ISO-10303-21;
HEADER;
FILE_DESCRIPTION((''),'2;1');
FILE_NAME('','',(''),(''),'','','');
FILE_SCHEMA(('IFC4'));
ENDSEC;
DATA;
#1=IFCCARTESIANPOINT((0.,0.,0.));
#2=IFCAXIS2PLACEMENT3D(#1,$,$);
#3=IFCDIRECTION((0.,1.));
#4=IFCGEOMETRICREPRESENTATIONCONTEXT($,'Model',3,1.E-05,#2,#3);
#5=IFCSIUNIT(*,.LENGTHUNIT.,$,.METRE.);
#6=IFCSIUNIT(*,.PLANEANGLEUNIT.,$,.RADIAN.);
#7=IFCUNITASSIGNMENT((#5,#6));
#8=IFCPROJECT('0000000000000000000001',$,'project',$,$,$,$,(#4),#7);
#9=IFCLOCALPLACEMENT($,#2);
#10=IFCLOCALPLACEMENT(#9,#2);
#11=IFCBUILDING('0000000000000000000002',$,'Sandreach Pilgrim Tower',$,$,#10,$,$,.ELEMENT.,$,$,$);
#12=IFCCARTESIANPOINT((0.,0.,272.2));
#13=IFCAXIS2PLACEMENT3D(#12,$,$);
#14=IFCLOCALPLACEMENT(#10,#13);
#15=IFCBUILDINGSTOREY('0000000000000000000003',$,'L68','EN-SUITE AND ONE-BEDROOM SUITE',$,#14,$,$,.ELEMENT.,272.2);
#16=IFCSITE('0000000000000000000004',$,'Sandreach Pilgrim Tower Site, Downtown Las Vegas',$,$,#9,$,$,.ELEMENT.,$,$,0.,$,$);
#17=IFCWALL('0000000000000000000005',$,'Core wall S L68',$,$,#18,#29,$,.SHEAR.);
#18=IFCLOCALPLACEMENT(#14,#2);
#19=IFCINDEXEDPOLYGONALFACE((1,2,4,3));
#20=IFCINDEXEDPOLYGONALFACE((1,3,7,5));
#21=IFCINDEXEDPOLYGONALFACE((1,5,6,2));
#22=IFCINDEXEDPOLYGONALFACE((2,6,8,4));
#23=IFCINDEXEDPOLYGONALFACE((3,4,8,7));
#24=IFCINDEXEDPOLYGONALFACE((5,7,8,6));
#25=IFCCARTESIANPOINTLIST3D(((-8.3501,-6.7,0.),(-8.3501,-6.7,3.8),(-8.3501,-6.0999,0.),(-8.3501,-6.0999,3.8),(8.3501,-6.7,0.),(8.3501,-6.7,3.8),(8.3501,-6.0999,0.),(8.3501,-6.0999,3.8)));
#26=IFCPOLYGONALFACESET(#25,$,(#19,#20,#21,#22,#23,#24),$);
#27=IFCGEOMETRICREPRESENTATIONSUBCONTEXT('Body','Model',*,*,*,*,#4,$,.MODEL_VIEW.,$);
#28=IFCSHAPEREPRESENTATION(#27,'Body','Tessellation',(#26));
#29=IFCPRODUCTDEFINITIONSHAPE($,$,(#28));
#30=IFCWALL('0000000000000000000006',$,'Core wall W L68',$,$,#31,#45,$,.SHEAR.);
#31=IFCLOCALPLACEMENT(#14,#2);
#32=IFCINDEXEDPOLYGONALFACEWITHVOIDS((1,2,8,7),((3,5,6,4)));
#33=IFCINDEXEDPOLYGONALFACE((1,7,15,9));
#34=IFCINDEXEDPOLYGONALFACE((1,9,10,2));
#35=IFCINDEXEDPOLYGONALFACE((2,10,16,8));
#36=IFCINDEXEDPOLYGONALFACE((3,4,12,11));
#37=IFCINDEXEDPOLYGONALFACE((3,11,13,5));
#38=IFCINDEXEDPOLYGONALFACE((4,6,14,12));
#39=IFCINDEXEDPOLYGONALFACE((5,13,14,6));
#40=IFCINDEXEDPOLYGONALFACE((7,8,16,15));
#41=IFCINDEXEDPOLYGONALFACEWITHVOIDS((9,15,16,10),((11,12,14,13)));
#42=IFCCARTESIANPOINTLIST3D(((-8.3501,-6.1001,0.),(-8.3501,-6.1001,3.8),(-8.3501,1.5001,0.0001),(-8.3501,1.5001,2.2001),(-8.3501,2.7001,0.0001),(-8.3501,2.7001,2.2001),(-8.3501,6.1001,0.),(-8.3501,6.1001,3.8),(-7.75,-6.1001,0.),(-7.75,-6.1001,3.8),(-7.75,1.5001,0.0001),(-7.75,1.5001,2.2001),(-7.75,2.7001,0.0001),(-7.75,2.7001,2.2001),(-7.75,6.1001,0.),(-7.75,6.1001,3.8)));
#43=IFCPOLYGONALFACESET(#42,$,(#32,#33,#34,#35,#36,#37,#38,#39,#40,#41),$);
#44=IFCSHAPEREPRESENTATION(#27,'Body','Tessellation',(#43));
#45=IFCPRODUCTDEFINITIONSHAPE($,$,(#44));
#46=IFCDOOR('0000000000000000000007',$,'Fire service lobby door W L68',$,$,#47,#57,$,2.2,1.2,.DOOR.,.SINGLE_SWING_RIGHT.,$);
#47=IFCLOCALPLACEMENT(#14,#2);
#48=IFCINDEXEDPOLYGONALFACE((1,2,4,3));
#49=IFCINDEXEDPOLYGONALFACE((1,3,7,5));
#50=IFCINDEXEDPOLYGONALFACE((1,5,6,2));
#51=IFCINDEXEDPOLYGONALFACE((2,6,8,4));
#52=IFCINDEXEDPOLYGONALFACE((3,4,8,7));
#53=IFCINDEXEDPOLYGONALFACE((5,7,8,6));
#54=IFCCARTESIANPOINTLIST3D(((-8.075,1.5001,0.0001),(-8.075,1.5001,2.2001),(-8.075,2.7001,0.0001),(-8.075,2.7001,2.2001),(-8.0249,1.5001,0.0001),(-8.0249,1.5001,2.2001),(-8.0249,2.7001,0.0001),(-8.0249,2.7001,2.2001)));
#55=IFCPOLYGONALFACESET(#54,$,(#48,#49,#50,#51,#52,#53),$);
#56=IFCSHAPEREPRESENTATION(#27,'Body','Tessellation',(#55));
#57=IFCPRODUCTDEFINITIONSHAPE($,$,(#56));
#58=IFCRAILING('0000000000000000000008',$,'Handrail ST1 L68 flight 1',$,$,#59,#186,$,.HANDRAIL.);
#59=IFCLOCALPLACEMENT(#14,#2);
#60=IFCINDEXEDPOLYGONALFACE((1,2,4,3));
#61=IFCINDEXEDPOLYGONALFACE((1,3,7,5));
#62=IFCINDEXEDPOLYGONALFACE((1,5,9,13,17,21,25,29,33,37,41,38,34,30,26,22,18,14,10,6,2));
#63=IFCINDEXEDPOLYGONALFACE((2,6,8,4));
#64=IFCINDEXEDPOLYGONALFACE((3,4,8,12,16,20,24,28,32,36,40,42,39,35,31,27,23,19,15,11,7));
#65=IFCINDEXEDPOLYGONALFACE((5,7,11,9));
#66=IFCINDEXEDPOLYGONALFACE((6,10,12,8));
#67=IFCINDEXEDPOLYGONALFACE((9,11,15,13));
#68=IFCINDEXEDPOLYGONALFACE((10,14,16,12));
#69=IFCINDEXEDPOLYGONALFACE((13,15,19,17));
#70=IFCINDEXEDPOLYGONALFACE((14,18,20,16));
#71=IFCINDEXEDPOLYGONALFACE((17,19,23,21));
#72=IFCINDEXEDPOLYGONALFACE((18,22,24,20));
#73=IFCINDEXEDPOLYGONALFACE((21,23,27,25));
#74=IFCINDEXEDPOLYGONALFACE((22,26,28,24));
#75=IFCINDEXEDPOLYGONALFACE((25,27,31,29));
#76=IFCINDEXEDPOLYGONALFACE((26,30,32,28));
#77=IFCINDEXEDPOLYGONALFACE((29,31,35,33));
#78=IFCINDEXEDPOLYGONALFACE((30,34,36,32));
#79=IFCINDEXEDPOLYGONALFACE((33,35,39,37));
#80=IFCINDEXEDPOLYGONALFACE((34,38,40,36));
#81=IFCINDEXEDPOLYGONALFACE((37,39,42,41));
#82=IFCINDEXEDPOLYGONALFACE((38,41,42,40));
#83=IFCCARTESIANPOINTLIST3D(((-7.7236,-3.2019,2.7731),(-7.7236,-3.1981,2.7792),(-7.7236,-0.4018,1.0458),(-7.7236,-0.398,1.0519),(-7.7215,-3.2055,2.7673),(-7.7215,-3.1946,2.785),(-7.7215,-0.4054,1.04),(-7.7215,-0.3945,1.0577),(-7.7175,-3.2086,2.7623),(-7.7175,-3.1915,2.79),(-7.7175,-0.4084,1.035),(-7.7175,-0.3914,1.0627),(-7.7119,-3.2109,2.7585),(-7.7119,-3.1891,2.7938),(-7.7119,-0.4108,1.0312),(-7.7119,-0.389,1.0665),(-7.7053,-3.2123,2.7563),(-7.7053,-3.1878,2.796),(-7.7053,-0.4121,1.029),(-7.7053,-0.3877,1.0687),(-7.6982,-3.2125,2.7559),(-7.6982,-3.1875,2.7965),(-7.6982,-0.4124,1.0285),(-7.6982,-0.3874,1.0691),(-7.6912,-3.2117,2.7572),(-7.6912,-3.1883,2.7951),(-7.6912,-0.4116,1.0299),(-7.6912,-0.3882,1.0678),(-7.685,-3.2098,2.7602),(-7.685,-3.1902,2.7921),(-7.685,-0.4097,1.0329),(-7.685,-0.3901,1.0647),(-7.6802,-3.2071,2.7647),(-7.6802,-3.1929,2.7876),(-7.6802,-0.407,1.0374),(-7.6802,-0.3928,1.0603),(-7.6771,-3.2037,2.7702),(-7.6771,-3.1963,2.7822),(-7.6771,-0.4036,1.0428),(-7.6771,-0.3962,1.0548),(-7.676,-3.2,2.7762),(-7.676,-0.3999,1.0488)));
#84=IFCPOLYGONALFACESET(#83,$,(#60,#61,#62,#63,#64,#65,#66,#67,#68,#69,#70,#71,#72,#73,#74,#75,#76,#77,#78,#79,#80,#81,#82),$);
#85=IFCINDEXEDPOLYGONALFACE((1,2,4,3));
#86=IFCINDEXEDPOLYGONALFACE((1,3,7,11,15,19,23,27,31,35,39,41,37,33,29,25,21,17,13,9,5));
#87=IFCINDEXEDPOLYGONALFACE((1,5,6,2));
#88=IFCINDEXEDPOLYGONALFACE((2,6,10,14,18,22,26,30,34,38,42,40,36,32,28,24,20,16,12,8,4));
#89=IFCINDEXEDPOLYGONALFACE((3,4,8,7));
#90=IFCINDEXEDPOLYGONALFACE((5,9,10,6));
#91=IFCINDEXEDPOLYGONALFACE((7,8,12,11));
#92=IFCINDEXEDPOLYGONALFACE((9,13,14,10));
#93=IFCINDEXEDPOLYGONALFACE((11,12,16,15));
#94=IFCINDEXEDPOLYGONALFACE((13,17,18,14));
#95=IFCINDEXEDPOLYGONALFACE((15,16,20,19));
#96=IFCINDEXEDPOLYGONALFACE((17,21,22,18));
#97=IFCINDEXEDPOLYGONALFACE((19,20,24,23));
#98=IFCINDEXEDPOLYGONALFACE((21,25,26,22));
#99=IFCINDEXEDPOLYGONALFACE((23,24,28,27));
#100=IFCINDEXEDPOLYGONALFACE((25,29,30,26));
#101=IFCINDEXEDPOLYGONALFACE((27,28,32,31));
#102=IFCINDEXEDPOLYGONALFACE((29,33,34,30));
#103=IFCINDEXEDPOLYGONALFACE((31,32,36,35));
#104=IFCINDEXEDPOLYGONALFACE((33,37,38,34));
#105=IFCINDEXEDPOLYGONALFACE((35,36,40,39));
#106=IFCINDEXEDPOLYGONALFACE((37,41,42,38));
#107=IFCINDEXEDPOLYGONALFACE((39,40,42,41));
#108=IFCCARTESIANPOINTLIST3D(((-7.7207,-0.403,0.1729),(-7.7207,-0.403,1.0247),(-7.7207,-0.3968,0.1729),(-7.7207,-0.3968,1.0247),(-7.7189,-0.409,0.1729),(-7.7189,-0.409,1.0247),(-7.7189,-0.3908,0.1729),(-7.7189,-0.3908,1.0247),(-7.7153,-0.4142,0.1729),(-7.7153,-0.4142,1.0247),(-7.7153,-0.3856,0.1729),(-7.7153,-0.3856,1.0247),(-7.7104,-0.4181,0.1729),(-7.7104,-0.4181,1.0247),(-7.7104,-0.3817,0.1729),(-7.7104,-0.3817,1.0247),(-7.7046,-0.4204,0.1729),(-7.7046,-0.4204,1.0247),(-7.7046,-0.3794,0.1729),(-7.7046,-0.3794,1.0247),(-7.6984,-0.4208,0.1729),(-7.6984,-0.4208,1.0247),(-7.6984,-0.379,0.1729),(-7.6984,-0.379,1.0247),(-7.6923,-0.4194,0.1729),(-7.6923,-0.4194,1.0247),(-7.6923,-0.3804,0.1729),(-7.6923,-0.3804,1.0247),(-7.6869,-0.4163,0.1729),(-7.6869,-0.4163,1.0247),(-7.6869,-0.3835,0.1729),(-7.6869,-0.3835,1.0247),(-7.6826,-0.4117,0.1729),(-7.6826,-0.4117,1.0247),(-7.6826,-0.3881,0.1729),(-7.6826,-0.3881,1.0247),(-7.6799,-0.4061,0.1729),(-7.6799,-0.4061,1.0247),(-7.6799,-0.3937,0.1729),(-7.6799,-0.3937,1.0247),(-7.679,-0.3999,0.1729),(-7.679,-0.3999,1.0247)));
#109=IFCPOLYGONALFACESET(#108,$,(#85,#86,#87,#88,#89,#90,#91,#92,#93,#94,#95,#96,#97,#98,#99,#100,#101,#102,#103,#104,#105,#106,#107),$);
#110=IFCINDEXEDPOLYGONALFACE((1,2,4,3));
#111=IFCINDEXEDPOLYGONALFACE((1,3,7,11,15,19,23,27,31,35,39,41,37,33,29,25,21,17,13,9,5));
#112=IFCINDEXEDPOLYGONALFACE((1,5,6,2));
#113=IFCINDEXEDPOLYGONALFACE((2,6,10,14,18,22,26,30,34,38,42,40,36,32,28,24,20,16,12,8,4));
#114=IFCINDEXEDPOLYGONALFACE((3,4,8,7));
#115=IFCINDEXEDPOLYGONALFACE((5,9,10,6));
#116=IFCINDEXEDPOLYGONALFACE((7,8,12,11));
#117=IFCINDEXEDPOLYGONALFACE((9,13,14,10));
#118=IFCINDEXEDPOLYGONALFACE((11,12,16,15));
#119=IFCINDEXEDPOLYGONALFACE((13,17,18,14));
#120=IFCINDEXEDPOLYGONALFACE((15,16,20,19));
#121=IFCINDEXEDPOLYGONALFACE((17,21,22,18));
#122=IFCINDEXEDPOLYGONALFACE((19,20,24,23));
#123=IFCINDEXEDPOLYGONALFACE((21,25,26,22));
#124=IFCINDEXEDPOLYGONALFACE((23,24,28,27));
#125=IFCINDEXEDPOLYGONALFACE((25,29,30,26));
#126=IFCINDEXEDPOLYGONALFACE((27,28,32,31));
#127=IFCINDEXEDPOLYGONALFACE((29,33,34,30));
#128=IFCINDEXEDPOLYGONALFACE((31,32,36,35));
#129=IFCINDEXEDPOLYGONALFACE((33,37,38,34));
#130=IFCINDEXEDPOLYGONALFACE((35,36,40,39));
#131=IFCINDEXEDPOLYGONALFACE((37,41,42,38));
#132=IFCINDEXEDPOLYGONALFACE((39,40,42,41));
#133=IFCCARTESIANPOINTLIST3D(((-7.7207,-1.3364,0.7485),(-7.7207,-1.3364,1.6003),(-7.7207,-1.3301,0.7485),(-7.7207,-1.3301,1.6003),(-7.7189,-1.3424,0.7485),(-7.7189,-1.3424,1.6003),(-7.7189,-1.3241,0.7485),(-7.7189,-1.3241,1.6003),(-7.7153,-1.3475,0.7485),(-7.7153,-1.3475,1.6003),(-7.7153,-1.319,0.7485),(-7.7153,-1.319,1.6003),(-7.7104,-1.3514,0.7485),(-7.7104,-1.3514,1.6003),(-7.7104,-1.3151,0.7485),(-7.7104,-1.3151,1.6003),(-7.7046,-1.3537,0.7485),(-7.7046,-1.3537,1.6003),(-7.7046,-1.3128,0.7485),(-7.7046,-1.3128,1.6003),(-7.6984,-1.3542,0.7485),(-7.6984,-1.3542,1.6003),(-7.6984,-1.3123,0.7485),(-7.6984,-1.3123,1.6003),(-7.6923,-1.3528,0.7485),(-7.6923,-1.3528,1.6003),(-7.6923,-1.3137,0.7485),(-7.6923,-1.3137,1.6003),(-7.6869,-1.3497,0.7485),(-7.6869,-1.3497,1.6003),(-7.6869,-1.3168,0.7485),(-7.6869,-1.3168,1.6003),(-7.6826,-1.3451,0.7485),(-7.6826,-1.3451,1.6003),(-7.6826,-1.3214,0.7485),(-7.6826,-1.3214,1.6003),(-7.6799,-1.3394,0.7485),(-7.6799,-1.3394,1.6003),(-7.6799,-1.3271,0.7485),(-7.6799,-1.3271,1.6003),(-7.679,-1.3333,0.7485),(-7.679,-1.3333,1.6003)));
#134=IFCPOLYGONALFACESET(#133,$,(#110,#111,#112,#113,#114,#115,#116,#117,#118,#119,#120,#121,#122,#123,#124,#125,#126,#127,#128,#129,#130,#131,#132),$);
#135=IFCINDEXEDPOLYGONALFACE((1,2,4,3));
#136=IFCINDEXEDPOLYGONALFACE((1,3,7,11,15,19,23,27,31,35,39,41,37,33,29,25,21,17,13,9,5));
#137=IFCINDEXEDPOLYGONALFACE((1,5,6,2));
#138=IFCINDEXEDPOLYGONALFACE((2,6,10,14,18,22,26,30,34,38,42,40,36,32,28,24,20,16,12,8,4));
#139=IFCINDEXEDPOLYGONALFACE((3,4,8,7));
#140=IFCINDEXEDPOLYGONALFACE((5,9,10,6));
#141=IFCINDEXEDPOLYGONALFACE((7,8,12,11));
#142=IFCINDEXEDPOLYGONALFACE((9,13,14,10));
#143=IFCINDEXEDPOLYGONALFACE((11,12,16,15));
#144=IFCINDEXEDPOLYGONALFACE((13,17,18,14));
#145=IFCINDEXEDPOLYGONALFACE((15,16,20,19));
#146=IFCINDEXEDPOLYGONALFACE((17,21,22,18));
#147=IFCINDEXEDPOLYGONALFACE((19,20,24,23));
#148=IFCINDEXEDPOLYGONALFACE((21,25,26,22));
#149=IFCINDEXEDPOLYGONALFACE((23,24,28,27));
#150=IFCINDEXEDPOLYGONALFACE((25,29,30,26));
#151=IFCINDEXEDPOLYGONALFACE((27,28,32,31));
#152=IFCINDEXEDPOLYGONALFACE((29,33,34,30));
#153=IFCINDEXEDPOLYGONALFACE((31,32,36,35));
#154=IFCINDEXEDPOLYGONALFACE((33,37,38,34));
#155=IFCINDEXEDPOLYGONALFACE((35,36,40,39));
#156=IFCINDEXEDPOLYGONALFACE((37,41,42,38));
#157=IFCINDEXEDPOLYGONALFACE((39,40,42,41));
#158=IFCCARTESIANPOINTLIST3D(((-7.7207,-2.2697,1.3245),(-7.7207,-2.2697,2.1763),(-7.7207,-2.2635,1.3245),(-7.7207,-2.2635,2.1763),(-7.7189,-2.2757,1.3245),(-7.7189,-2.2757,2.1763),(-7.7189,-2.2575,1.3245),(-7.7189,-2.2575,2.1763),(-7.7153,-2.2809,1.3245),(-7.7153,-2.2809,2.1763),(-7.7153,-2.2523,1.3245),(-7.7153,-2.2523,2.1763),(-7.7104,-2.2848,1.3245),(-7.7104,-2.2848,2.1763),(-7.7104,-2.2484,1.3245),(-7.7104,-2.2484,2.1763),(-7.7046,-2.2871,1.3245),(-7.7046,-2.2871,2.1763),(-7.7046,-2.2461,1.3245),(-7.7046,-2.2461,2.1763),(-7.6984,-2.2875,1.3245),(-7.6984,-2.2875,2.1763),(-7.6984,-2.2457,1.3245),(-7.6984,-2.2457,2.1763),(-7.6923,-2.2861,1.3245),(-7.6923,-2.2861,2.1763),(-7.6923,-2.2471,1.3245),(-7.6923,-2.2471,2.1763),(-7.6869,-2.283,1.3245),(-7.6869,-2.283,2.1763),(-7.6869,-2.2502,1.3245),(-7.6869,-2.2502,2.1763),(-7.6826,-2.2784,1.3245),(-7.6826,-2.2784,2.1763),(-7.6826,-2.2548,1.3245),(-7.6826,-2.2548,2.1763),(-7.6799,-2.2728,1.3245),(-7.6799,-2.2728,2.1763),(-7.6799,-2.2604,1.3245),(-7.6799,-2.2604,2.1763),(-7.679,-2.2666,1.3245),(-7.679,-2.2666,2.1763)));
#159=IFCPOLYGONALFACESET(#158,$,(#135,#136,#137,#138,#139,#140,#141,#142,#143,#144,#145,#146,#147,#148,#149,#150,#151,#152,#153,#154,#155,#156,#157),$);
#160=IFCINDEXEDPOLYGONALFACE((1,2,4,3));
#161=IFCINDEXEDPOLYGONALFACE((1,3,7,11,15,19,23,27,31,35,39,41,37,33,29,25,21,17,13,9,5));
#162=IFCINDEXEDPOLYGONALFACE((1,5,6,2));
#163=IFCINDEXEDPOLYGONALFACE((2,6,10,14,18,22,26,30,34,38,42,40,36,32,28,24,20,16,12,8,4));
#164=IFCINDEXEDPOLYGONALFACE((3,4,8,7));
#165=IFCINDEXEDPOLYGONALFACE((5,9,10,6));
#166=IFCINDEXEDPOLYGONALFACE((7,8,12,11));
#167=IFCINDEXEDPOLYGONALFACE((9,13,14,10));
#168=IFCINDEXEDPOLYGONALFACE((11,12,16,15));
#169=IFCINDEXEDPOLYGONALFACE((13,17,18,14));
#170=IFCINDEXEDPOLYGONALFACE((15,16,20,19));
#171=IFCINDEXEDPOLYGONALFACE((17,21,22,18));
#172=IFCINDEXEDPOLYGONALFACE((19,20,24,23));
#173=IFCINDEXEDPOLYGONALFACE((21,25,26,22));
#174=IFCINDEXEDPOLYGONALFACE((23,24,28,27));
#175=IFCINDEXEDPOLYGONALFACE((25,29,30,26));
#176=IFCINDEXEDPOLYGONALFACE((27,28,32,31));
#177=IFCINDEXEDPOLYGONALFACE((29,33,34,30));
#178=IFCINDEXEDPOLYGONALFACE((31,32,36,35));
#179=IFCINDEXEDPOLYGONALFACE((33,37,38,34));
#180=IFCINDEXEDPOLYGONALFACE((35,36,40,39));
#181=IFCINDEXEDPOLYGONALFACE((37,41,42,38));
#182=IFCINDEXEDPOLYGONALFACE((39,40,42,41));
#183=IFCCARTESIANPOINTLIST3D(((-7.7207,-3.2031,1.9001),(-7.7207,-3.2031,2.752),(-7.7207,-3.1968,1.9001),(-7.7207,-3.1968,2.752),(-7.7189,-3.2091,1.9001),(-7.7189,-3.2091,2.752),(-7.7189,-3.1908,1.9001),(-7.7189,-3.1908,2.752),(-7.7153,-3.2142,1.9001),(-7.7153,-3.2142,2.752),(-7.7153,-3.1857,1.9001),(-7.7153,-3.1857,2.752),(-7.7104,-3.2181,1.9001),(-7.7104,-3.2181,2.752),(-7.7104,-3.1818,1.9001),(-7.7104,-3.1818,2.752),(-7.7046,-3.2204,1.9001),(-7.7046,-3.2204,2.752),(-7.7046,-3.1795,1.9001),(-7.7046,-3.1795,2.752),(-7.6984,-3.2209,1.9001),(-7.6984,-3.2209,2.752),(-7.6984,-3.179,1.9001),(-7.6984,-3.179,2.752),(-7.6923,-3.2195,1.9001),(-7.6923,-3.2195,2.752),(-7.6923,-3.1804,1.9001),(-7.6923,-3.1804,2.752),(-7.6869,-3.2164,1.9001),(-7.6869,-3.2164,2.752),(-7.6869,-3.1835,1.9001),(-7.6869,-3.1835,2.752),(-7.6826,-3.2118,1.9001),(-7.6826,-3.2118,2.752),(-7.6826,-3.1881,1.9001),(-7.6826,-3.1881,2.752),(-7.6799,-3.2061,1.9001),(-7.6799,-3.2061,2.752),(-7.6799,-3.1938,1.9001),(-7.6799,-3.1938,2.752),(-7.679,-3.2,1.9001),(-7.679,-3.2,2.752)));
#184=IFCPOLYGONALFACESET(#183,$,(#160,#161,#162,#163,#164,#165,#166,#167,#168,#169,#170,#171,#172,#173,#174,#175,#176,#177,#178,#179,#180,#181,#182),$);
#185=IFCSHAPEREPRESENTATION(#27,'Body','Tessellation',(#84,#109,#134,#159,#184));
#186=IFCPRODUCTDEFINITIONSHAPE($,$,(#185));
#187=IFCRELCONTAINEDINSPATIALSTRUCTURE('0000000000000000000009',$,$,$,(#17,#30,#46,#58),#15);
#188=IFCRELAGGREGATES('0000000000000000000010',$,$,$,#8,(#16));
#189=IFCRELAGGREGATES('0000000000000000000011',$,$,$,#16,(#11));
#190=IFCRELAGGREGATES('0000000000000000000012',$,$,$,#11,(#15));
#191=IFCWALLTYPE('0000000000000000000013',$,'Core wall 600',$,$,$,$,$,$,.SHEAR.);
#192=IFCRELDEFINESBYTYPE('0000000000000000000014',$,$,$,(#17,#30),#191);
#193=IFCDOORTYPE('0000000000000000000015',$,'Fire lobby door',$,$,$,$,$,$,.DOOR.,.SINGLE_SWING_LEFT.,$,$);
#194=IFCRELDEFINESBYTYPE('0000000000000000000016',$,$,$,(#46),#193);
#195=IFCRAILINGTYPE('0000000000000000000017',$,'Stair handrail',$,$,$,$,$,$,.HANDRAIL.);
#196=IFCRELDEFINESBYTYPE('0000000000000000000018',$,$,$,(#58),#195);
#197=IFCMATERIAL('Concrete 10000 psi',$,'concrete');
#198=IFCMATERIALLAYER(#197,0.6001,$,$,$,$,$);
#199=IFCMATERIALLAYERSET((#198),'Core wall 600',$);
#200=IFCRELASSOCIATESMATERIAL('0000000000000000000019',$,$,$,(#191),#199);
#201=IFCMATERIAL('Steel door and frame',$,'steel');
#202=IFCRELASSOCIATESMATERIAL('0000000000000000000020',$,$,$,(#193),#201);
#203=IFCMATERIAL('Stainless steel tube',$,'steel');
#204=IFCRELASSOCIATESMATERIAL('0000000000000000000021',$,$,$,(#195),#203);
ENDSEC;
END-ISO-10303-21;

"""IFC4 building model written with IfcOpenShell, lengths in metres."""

from ifc_helpers import new_model, si_unit, direction, frame, frame_2d, origin, origin_2d, place, context, subcontext, project, spatial, rectangle, circle, extrude, material, layer, layer_set, type_object, element, fill, save


model = new_model("IFC4")

# Units and contexts
model_context = context("Model", 3, precision=1e-05, world=origin(), true_north=direction((0.0, 1.0)))
body_context = subcontext(model_context, "Body", "Model", "MODEL_VIEW")
ifc_project = project(units=[si_unit("LENGTHUNIT", "METRE"), si_unit("PLANEANGLEUNIT", "RADIAN")], contexts=[model_context])

# Site, building, storey
site_placement = place(None, origin())
site = spatial("IfcSite", under=ifc_project, at=site_placement, Name="Sandreach Pilgrim Tower Site, Downtown Las Vegas", CompositionType="ELEMENT", RefElevation=0.0)
building_placement = place(site_placement, origin())
building = spatial("IfcBuilding", under=site, at=building_placement, Name="Sandreach Pilgrim Tower", CompositionType="ELEMENT")
storey_placement = place(building_placement, frame((0.0, 0.0, 272.2)))
storey = spatial("IfcBuildingStorey", under=building, at=storey_placement, Name="L68", Description="EN-SUITE AND ONE-BEDROOM SUITE", CompositionType="ELEMENT", Elevation=272.2)

# Wall
ifc_material_1 = material(Name="Concrete 10000 psi", Category="concrete")
ifc_layer_1 = layer(ifc_material_1, 0.6001)
ifc_layer_set_1 = layer_set([ifc_layer_1], Name="Core wall 600")
wall_type_1 = type_object("IfcWallType", Name="Core wall 600", PredefinedType="SHEAR", material=ifc_layer_set_1)
wall_1_placement = place(storey_placement, frame((-8.3501, -6.3999, 0.0), z_axis=(0.0, 0.0, 1.0), x_axis=(1.0, 0.0, 0.0)))
element("IfcWall", 1, at=wall_1_placement, inside=storey, type_object=wall_type_1, Name="Core wall S L68", PredefinedType="SHEAR", context=body_context, shape_type="SweptSolid", body=[
    extrude(rectangle(XDim=16.7002, YDim=0.6001, at=frame_2d((8.3501, 0.0))), origin(), (0.0, 0.0, 1.0), 3.8),
])

# Wall, opening, door
wall_2_placement = place(storey_placement, frame((-8.05, -6.1001, 0.0), z_axis=(0.0, 0.0, 1.0), x_axis=(0.0, 1.0, 0.0)))
wall_2 = element("IfcWall", 2, at=wall_2_placement, inside=storey, type_object=wall_type_1, Name="Core wall W L68", PredefinedType="SHEAR", context=body_context, shape_type="SweptSolid", body=[
    extrude(rectangle(XDim=12.2002, YDim=0.6001, at=frame_2d((6.1001, 0.0))), origin(), (0.0, 0.0, 1.0), 3.8),
])
opening_1_placement = place(wall_2_placement, frame((7.6001, 0.0, 0.0)))
opening_1 = element("IfcOpeningElement", 3, at=opening_1_placement, cuts=wall_2, PredefinedType="OPENING", context=body_context, shape_type="SweptSolid", body=[
    extrude(rectangle(XDim=1.2, YDim=2.2, at=frame_2d((0.6001, 1.1001))), frame((0.0, 0.3, 0.0), z_axis=(0.0, -1.0, 0.0), x_axis=(1.0, 0.0, 0.0)), (0.0, 0.0, 1.0), 0.6001),
])
ifc_material_2 = material(Name="Steel door and frame", Category="steel")
door_type_1 = type_object("IfcDoorType", Name="Fire lobby door", OperationType="SINGLE_SWING_LEFT", PredefinedType="DOOR", material=ifc_material_2)
door_1_placement = place(opening_1_placement, origin())
door_1 = element("IfcDoor", 4, at=door_1_placement, inside=storey, type_object=door_type_1, Name="Fire service lobby door W L68", OperationType="SINGLE_SWING_RIGHT", OverallHeight=2.2, OverallWidth=1.2, PredefinedType="DOOR", context=body_context, shape_type="SweptSolid", body=[
    extrude(rectangle(XDim=1.2, YDim=2.2, at=frame_2d((0.6001, 1.1001))), frame((0.0, 0.0249, 0.0), z_axis=(0.0, -1.0, 0.0), x_axis=(1.0, 0.0, 0.0)), (0.0, 0.0, 1.0), 0.05),
])
fill(opening_1, door_1)

# Railing
ifc_material_3 = material(Name="Stainless steel tube", Category="steel")
railing_type = type_object("IfcRailingType", Name="Stair handrail", PredefinedType="HANDRAIL", material=ifc_material_3)
railing_placement = place(storey_placement, frame((-7.7, -0.3999, 0.1729)))
element("IfcRailing", 5, at=railing_placement, inside=storey, type_object=railing_type, Name="Handrail ST1 L68 flight 1", PredefinedType="HANDRAIL", context=body_context, shape_type="SweptSolid", body=[
    extrude(circle(Radius=0.0239, at=origin_2d()), frame((0.0, 0.0, 0.876), z_axis=(0.0, -0.85109, 0.52502), x_axis=(1.0, 0.0, 0.0)), (0.0, 0.0, 1.0), 3.29),
    extrude(circle(Radius=0.021, at=origin_2d()), origin(), (0.0, 0.0, 1.0), 0.8518),
    extrude(circle(Radius=0.021, at=origin_2d()), frame((0.0, -0.9333, 0.5757)), (0.0, 0.0, 1.0), 0.8518),
    extrude(circle(Radius=0.021, at=origin_2d()), frame((0.0, -1.8667, 1.1516)), (0.0, 0.0, 1.0), 0.8518),
    extrude(circle(Radius=0.021, at=origin_2d()), frame((0.0, -2.8, 1.7273)), (0.0, 0.0, 1.0), 0.8518),
])

save(model, "model.ifc")
